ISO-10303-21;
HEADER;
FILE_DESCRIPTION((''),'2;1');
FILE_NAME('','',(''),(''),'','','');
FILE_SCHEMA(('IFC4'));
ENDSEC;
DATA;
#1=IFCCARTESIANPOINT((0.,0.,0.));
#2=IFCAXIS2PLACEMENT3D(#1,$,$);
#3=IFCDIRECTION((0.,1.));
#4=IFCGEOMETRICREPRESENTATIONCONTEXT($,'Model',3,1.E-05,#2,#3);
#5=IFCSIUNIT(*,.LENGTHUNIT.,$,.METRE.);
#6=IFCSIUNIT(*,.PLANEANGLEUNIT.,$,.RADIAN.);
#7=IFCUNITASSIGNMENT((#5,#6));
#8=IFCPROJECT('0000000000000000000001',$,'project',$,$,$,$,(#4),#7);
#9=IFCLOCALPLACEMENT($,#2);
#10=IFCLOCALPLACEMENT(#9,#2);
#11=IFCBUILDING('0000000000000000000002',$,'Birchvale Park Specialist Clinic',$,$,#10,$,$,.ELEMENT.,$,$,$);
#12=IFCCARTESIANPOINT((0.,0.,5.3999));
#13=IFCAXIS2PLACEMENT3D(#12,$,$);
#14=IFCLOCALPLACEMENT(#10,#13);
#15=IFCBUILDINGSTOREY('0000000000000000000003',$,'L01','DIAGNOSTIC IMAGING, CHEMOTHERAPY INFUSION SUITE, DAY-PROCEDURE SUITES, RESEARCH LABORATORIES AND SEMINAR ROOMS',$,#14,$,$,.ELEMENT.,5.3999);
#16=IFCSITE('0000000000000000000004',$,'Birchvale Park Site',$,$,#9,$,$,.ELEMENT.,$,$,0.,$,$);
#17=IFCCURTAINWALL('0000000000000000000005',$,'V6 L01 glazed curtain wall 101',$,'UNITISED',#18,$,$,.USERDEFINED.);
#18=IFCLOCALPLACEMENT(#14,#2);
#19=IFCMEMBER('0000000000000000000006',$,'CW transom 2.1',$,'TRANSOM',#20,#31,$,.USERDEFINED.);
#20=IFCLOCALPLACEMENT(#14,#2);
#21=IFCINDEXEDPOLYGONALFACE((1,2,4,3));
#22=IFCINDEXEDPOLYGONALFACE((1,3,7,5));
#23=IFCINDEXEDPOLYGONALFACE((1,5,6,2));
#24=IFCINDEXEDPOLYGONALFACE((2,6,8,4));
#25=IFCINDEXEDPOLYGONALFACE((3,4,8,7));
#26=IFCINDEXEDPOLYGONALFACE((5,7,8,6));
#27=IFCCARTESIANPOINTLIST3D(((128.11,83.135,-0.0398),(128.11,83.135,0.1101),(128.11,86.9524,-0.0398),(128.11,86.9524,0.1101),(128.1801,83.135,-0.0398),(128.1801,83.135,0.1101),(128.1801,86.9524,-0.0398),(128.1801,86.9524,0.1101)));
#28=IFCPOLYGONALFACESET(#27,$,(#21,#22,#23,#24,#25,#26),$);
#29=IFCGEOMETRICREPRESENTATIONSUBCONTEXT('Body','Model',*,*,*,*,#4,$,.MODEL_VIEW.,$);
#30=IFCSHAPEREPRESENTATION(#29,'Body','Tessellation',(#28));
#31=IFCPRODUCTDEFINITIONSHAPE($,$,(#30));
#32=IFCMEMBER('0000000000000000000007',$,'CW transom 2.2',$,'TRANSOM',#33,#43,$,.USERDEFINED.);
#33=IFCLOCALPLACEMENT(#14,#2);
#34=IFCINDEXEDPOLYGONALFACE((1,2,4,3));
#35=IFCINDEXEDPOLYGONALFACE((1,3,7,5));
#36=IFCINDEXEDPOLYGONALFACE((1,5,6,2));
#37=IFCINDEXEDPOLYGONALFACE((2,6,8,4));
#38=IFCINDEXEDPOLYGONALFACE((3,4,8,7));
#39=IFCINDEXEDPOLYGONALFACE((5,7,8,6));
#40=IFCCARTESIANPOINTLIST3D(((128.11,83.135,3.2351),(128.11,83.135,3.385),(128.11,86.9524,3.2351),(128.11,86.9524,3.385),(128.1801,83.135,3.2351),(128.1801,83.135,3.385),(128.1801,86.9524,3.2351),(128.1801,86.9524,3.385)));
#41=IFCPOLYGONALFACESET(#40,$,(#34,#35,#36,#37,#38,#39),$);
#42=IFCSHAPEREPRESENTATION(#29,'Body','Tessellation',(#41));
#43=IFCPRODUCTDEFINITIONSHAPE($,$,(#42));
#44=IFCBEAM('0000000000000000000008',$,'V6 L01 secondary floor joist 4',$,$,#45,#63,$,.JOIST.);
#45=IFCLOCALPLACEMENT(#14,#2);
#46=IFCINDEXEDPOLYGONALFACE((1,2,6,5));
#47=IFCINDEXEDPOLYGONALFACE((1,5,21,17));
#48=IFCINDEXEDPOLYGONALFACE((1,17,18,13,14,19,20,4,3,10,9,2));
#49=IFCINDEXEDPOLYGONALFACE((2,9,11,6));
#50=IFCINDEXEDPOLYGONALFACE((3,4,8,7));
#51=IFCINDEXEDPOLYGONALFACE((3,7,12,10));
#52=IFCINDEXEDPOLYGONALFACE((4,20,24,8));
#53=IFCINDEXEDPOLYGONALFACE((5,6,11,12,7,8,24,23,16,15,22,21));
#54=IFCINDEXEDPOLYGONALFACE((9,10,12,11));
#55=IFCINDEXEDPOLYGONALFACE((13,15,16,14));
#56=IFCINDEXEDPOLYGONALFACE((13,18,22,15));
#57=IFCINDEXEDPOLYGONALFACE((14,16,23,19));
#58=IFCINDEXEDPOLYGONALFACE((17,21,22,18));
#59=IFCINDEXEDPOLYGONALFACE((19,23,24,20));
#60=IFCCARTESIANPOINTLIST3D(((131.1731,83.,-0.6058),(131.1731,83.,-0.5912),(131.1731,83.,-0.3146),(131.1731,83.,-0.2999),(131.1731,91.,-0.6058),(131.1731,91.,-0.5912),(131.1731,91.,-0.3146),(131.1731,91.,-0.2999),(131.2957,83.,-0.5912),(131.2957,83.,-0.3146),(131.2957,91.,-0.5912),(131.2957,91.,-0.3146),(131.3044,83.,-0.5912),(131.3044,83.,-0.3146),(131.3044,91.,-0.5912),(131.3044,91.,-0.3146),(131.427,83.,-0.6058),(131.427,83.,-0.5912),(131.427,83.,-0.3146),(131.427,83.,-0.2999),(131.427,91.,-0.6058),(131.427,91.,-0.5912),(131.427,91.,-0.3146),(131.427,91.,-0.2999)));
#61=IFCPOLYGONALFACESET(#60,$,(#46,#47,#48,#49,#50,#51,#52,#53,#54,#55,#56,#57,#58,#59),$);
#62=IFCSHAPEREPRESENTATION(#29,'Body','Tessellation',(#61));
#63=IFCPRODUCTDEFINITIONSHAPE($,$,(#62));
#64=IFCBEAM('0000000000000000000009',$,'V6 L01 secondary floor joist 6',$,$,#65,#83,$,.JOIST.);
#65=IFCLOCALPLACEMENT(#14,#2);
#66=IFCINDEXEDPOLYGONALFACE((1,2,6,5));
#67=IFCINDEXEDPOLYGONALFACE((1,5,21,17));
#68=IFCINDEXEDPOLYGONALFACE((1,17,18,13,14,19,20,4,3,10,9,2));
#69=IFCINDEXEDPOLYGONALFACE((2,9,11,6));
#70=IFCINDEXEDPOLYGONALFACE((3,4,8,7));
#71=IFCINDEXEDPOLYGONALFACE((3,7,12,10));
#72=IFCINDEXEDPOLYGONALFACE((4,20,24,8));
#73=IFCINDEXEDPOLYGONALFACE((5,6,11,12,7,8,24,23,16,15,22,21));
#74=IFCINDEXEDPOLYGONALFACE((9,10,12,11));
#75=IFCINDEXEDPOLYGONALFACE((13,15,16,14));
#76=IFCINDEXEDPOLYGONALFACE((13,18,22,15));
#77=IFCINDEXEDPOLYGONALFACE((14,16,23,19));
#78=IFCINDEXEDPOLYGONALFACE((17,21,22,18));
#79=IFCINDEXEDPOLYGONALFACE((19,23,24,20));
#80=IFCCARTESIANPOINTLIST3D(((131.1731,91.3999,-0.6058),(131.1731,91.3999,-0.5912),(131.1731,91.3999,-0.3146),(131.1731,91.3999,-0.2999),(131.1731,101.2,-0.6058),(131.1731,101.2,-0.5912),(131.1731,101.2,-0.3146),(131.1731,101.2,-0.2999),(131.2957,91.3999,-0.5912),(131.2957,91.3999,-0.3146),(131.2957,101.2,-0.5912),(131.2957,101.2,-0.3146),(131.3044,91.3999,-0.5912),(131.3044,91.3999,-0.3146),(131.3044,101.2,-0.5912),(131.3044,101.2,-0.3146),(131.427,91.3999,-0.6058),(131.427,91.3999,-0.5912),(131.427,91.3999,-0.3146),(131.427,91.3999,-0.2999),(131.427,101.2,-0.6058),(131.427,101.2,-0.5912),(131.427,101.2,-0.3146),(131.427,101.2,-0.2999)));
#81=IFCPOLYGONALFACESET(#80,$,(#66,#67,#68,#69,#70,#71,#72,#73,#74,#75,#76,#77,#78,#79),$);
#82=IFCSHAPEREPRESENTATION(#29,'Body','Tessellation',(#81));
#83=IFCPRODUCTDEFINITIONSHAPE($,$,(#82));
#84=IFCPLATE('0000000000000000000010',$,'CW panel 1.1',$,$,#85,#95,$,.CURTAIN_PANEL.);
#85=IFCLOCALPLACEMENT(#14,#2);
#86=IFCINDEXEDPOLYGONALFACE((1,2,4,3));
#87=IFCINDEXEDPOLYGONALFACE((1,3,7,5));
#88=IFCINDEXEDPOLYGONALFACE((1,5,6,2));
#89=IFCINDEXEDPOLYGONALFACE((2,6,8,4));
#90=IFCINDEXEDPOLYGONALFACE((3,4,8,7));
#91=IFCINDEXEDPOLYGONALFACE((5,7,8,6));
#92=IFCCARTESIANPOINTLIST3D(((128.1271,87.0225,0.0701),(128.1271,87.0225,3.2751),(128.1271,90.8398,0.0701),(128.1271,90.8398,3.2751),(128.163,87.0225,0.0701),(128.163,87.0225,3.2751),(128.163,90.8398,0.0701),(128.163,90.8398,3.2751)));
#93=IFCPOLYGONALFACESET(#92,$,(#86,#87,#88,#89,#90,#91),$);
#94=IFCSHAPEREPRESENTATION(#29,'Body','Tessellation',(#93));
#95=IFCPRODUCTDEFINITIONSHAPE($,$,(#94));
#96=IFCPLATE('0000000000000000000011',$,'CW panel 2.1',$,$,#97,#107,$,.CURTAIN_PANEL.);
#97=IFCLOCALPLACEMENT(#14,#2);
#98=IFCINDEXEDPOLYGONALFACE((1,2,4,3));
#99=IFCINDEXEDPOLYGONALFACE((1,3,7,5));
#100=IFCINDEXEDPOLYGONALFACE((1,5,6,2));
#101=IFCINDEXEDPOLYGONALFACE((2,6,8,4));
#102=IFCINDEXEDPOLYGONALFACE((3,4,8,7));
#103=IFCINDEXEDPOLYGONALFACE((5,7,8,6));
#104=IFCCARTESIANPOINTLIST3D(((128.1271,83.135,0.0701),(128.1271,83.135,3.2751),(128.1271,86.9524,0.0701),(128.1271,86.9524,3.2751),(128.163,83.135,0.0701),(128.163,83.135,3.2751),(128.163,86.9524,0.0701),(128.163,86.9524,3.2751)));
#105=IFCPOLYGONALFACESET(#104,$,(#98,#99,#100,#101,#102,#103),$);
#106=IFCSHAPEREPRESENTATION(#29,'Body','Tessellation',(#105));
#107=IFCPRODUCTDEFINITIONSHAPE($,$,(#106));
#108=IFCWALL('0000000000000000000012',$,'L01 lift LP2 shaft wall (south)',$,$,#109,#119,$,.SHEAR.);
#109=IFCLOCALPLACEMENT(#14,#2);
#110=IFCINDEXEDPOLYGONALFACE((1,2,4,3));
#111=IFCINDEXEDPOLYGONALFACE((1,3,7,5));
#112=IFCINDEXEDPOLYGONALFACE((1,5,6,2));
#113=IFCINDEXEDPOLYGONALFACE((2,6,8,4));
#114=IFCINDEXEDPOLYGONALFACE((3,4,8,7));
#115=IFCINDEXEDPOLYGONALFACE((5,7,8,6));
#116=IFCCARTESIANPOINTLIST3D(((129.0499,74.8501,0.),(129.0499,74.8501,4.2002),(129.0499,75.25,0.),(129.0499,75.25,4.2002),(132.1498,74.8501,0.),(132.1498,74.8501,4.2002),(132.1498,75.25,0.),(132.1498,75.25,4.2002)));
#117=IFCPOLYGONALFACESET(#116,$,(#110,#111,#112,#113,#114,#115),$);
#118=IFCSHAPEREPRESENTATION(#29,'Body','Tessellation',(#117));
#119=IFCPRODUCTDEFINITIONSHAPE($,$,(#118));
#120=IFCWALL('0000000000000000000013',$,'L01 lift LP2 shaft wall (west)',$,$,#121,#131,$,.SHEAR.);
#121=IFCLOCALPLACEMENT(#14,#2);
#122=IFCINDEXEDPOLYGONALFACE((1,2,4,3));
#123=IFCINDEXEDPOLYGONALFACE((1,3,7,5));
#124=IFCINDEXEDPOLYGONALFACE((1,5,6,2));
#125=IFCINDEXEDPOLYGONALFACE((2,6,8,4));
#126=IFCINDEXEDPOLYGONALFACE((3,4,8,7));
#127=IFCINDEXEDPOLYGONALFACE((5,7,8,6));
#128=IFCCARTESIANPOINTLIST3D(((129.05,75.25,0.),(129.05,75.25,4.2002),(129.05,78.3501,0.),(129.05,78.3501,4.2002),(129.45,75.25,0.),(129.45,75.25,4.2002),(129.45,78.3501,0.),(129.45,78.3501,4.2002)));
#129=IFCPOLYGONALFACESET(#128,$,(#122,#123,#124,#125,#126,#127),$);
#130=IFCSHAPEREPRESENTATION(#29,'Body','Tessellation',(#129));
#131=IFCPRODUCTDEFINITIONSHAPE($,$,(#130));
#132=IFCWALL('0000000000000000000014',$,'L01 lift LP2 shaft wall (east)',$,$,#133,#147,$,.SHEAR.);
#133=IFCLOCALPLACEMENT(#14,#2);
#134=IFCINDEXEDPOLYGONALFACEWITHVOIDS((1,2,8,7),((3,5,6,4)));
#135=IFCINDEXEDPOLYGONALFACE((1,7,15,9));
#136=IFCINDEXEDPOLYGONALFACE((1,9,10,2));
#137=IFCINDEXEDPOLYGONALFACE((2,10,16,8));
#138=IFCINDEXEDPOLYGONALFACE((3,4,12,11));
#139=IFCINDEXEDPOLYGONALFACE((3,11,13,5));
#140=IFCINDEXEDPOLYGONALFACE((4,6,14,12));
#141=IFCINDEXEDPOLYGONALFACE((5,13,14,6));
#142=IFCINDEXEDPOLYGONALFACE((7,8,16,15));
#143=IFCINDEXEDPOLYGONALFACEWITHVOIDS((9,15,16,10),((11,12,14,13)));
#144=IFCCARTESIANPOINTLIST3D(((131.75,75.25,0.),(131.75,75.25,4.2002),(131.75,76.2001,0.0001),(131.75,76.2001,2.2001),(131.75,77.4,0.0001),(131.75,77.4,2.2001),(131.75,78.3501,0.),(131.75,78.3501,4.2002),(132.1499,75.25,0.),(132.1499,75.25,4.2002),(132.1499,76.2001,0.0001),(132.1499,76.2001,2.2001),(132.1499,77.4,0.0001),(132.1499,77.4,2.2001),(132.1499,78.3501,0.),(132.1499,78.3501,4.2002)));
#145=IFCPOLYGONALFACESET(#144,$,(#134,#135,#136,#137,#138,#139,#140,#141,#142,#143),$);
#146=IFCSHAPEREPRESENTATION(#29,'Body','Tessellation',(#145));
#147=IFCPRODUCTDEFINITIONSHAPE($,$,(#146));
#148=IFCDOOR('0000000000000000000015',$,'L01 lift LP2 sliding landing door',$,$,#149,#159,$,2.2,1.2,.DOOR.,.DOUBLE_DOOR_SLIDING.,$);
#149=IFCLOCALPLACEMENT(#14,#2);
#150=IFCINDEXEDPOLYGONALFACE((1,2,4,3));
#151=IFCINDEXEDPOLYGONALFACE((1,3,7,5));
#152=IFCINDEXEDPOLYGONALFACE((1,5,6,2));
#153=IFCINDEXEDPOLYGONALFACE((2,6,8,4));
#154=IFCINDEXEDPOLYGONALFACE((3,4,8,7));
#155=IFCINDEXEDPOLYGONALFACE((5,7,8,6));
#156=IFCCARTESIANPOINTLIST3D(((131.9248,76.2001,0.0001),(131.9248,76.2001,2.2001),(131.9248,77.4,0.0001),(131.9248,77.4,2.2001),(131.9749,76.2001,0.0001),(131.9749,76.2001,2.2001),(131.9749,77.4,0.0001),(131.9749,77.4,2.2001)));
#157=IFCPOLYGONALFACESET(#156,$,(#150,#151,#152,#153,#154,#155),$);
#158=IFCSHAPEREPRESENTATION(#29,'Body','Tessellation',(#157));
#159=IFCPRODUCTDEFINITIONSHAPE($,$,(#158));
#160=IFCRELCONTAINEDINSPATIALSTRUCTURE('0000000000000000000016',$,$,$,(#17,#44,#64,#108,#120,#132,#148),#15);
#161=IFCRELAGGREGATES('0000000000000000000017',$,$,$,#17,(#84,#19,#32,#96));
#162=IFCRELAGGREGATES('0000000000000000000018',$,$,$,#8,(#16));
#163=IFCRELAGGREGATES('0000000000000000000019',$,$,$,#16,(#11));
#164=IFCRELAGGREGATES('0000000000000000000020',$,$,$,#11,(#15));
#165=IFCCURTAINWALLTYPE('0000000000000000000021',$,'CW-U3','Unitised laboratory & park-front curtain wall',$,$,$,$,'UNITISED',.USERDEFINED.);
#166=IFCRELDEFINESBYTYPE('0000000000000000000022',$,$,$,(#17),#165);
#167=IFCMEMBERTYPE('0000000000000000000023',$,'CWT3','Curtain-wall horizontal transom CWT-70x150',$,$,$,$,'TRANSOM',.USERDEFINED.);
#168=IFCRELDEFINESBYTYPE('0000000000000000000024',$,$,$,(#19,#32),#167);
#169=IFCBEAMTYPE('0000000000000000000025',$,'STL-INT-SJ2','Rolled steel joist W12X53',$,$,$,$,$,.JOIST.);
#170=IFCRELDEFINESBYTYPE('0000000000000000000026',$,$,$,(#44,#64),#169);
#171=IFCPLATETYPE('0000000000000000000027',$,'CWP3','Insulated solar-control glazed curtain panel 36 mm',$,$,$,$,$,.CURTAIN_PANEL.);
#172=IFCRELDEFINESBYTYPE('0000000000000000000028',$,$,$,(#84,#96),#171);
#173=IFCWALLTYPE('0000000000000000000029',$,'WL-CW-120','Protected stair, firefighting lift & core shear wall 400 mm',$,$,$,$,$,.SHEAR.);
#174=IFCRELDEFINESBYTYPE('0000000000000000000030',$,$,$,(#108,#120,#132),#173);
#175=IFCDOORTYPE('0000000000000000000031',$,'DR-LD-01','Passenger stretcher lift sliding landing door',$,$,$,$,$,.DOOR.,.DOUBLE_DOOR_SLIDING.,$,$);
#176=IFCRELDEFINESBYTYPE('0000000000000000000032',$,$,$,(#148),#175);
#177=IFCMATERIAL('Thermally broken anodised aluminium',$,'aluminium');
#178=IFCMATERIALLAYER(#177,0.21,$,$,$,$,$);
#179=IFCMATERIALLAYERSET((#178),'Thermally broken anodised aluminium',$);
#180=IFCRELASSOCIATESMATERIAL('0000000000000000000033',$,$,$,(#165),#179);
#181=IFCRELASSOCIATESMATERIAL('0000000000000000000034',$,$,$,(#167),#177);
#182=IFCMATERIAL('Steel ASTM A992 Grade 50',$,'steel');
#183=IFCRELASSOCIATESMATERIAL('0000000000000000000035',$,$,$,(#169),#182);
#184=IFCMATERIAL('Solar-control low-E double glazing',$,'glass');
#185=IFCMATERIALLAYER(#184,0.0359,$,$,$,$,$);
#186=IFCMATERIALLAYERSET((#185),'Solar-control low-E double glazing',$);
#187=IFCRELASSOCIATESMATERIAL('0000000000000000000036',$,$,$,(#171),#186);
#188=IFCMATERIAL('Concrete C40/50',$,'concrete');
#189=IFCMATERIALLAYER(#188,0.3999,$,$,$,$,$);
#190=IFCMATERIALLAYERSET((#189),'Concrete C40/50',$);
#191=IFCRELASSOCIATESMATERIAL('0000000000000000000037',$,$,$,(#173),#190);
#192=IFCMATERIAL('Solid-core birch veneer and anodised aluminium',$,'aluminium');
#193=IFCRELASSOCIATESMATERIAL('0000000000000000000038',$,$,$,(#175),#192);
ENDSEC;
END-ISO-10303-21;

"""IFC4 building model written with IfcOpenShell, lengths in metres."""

from ifc_helpers import new_model, si_unit, direction, frame, frame_2d, origin, origin_2d, place, context, subcontext, project, spatial, rectangle, i_section, extrude, material, layer, layer_set, material_profile, profile_set, type_object, element, fill, aggregate, save


model = new_model("IFC4")

# Units and contexts
model_context = context("Model", 3, precision=1e-05, world=origin(), true_north=direction((0.0, 1.0)))
body_context = subcontext(model_context, "Body", "Model", "MODEL_VIEW")
ifc_project = project(units=[si_unit("LENGTHUNIT", "METRE"), si_unit("PLANEANGLEUNIT", "RADIAN")], contexts=[model_context])

# Site, building, storey
site_placement = place(None, origin())
site = spatial("IfcSite", under=ifc_project, at=site_placement, Name="Birchvale Park Site", CompositionType="ELEMENT", RefElevation=0.0)
building_placement = place(site_placement, origin())
building = spatial("IfcBuilding", under=site, at=building_placement, Name="Birchvale Park Specialist Clinic", CompositionType="ELEMENT")
storey_placement = place(building_placement, frame((0.0, 0.0, 5.3999)))
storey = spatial("IfcBuildingStorey", under=building, at=storey_placement, Name="L01", Description="DIAGNOSTIC IMAGING, CHEMOTHERAPY INFUSION SUITE, DAY-PROCEDURE SUITES, RESEARCH LABORATORIES AND SEMINAR ROOMS", CompositionType="ELEMENT", Elevation=5.3999)

# Shared definitions
ifc_material_1 = material(Name="Concrete C40/50", Category="concrete")

# Shared definitions
ifc_material_2 = material(Name="Thermally broken anodised aluminium", Category="aluminium")
ifc_layer_1 = layer(ifc_material_2, 0.21)
ifc_layer_set_1 = layer_set([ifc_layer_1], Name="Thermally broken anodised aluminium")
curtain_wall_type = type_object("IfcCurtainWallType", Name="CW-U3", Description="Unitised laboratory & park-front curtain wall", ElementType="UNITISED", PredefinedType="USERDEFINED", material=ifc_layer_set_1)

# Curtain wall, members
curtain_wall_1_placement = place(storey_placement, origin())
curtain_wall_1 = element("IfcCurtainWall", 1, at=curtain_wall_1_placement, inside=storey, type_object=curtain_wall_type, Name="V6 L01 glazed curtain wall 101", ObjectType="UNITISED", PredefinedType="USERDEFINED")
ifc_material_profile_1 = material_profile(ifc_material_2, rectangle(XDim=0.0701, YDim=0.1499, at=origin_2d()), Name="CWT-70x150")
ifc_profile_set_1 = profile_set([ifc_material_profile_1], Name="Thermally broken anodised aluminium")
member_type_1 = type_object("IfcMemberType", Name="CWT3", Description="Curtain-wall horizontal transom CWT-70x150", ElementType="TRANSOM", PredefinedType="USERDEFINED", material=ifc_profile_set_1)
member_1_placement = place(storey_placement, frame((128.145, 86.9524, 0.0352), z_axis=(0.0, -1.0, 0.0), x_axis=(1.0, 0.0, 0.0)))
member_1 = element("IfcMember", 2, at=member_1_placement, type_object=member_type_1, Name="CW transom 2.1", ObjectType="TRANSOM", PredefinedType="USERDEFINED", context=body_context, shape_type="SweptSolid", body=[
    extrude(rectangle(XDim=0.0701, YDim=0.1499, at=origin_2d()), origin(), (0.0, 0.0, 1.0), 3.8174),
])
member_2_placement = place(storey_placement, frame((128.145, 86.9524, 3.3101), z_axis=(0.0, -1.0, 0.0), x_axis=(1.0, 0.0, 0.0)))
member_2 = element("IfcMember", 3, at=member_2_placement, type_object=member_type_1, Name="CW transom 2.2", ObjectType="TRANSOM", PredefinedType="USERDEFINED", context=body_context, shape_type="SweptSolid", body=[
    extrude(rectangle(XDim=0.0701, YDim=0.1499, at=origin_2d()), origin(), (0.0, 0.0, 1.0), 3.8174),
])

# Beams
ifc_material_3 = material(Name="Steel ASTM A992 Grade 50", Category="steel")
ifc_material_profile_2 = material_profile(ifc_material_3, i_section(OverallWidth=0.2539, OverallDepth=0.3059, WebThickness=0.0088, FlangeThickness=0.0146, at=origin_2d()), Name="W12X53")
ifc_profile_set_2 = profile_set([ifc_material_profile_2], Name="Steel ASTM A992 Grade 50")
beam_type_1 = type_object("IfcBeamType", Name="STL-INT-SJ2", Description="Rolled steel joist W12X53", PredefinedType="JOIST", material=ifc_profile_set_2)
beam_1_placement = place(storey_placement, frame((131.3, 83.0, -0.4529), z_axis=(0.0, 1.0, 0.0), x_axis=(-1.0, 0.0, 0.0)))
element("IfcBeam", 4, at=beam_1_placement, inside=storey, type_object=beam_type_1, Name="V6 L01 secondary floor joist 4", PredefinedType="JOIST", context=body_context, shape_type="SweptSolid", body=[
    extrude(i_section(OverallWidth=0.2539, OverallDepth=0.3059, WebThickness=0.0088, FlangeThickness=0.0146, at=origin_2d()), origin(), (0.0, 0.0, 1.0), 8.0),
])
beam_2_placement = place(storey_placement, frame((131.3, 91.3999, -0.4529), z_axis=(0.0, 1.0, 0.0), x_axis=(-1.0, 0.0, 0.0)))
element("IfcBeam", 5, at=beam_2_placement, inside=storey, type_object=beam_type_1, Name="V6 L01 secondary floor joist 6", PredefinedType="JOIST", context=body_context, shape_type="SweptSolid", body=[
    extrude(i_section(OverallWidth=0.2539, OverallDepth=0.3059, WebThickness=0.0088, FlangeThickness=0.0146, at=origin_2d()), origin(), (0.0, 0.0, 1.0), 9.8),
])

# Plates
ifc_material_4 = material(Name="Solar-control low-E double glazing", Category="glass")
ifc_layer_2 = layer(ifc_material_4, 0.0359)
ifc_layer_set_2 = layer_set([ifc_layer_2], Name="Solar-control low-E double glazing")
plate_type = type_object("IfcPlateType", Name="CWP3", Description="Insulated solar-control glazed curtain panel 36 mm", PredefinedType="CURTAIN_PANEL", material=ifc_layer_set_2)
plate_1_placement = place(storey_placement, frame((128.145, 88.9312, 0.0701), z_axis=(0.0, 0.0, 1.0), x_axis=(0.0, -1.0, 0.0)))
plate_1 = element("IfcPlate", 6, at=plate_1_placement, type_object=plate_type, Name="CW panel 1.1", PredefinedType="CURTAIN_PANEL", context=body_context, shape_type="SweptSolid", body=[
    extrude(rectangle(XDim=3.8174, YDim=0.0359, at=origin_2d()), origin(), (0.0, 0.0, 1.0), 3.2051),
])
plate_2_placement = place(storey_placement, frame((128.145, 85.0437, 0.0701), z_axis=(0.0, 0.0, 1.0), x_axis=(0.0, -1.0, 0.0)))
plate_2 = element("IfcPlate", 7, at=plate_2_placement, type_object=plate_type, Name="CW panel 2.1", PredefinedType="CURTAIN_PANEL", context=body_context, shape_type="SweptSolid", body=[
    extrude(rectangle(XDim=3.8174, YDim=0.0359, at=origin_2d()), origin(), (0.0, 0.0, 1.0), 3.2051),
])
aggregate(curtain_wall_1, [plate_1, member_1, member_2, plate_2])

# Walls
ifc_layer_3 = layer(ifc_material_1, 0.3999)
ifc_layer_set_3 = layer_set([ifc_layer_3], Name="Concrete C40/50")
wall_type_1 = type_object("IfcWallType", Name="WL-CW-120", Description="Protected stair, firefighting lift & core shear wall 400 mm", PredefinedType="SHEAR", material=ifc_layer_set_3)
wall_1_placement = place(storey_placement, frame((129.05, 75.05, 0.0), z_axis=(0.0, 0.0, 1.0), x_axis=(1.0, 0.0, 0.0)))
element("IfcWall", 8, at=wall_1_placement, inside=storey, type_object=wall_type_1, Name="L01 lift LP2 shaft wall (south)", PredefinedType="SHEAR", context=body_context, shape_type="SweptSolid", body=[
    extrude(rectangle(XDim=3.0999, YDim=0.3999, at=frame_2d((1.5498, 0.0))), origin(), (0.0, 0.0, 1.0), 4.2002),
])
wall_2_placement = place(storey_placement, frame((129.25, 75.25, 0.0), z_axis=(0.0, 0.0, 1.0), x_axis=(0.0, 1.0, 0.0)))
element("IfcWall", 9, at=wall_2_placement, inside=storey, type_object=wall_type_1, Name="L01 lift LP2 shaft wall (west)", PredefinedType="SHEAR", context=body_context, shape_type="SweptSolid", body=[
    extrude(rectangle(XDim=3.1001, YDim=0.3999, at=frame_2d((1.55, 0.0))), origin(), (0.0, 0.0, 1.0), 4.2002),
])

# Wall, opening, door
wall_3_placement = place(storey_placement, frame((131.95, 78.3501, 0.0), z_axis=(0.0, 0.0, 1.0), x_axis=(0.0, -1.0, 0.0)))
wall_3 = element("IfcWall", 10, at=wall_3_placement, inside=storey, type_object=wall_type_1, Name="L01 lift LP2 shaft wall (east)", PredefinedType="SHEAR", context=body_context, shape_type="SweptSolid", body=[
    extrude(rectangle(XDim=3.1001, YDim=0.3999, at=frame_2d((1.55, 0.0))), origin(), (0.0, 0.0, 1.0), 4.2002),
])
opening_1_placement = place(wall_3_placement, frame((0.95, 0.0, 0.0)))
opening_1 = element("IfcOpeningElement", 11, at=opening_1_placement, cuts=wall_3, PredefinedType="OPENING", context=body_context, shape_type="SweptSolid", body=[
    extrude(rectangle(XDim=1.2, YDim=2.2, at=frame_2d((0.6001, 1.1001))), frame((0.0, 0.21, 0.0), z_axis=(0.0, -1.0, 0.0), x_axis=(1.0, 0.0, 0.0)), (0.0, 0.0, 1.0), 0.4199),
])
ifc_material_5 = material(Name="Solid-core birch veneer and anodised aluminium", Category="aluminium")
door_type_1 = type_object("IfcDoorType", Name="DR-LD-01", Description="Passenger stretcher lift sliding landing door", OperationType="DOUBLE_DOOR_SLIDING", PredefinedType="DOOR", material=ifc_material_5)
door_1_placement = place(opening_1_placement, origin())
door_1 = element("IfcDoor", 12, at=door_1_placement, inside=storey, type_object=door_type_1, Name="L01 lift LP2 sliding landing door", OperationType="DOUBLE_DOOR_SLIDING", OverallHeight=2.2, OverallWidth=1.2, PredefinedType="DOOR", context=body_context, shape_type="SweptSolid", body=[
    extrude(rectangle(XDim=1.2, YDim=2.2, at=frame_2d((0.6001, 1.1001))), frame((0.0, 0.0249, 0.0), z_axis=(0.0, -1.0, 0.0), x_axis=(1.0, 0.0, 0.0)), (0.0, 0.0, 1.0), 0.05),
])
fill(opening_1, door_1)

save(model, "model.ifc")
